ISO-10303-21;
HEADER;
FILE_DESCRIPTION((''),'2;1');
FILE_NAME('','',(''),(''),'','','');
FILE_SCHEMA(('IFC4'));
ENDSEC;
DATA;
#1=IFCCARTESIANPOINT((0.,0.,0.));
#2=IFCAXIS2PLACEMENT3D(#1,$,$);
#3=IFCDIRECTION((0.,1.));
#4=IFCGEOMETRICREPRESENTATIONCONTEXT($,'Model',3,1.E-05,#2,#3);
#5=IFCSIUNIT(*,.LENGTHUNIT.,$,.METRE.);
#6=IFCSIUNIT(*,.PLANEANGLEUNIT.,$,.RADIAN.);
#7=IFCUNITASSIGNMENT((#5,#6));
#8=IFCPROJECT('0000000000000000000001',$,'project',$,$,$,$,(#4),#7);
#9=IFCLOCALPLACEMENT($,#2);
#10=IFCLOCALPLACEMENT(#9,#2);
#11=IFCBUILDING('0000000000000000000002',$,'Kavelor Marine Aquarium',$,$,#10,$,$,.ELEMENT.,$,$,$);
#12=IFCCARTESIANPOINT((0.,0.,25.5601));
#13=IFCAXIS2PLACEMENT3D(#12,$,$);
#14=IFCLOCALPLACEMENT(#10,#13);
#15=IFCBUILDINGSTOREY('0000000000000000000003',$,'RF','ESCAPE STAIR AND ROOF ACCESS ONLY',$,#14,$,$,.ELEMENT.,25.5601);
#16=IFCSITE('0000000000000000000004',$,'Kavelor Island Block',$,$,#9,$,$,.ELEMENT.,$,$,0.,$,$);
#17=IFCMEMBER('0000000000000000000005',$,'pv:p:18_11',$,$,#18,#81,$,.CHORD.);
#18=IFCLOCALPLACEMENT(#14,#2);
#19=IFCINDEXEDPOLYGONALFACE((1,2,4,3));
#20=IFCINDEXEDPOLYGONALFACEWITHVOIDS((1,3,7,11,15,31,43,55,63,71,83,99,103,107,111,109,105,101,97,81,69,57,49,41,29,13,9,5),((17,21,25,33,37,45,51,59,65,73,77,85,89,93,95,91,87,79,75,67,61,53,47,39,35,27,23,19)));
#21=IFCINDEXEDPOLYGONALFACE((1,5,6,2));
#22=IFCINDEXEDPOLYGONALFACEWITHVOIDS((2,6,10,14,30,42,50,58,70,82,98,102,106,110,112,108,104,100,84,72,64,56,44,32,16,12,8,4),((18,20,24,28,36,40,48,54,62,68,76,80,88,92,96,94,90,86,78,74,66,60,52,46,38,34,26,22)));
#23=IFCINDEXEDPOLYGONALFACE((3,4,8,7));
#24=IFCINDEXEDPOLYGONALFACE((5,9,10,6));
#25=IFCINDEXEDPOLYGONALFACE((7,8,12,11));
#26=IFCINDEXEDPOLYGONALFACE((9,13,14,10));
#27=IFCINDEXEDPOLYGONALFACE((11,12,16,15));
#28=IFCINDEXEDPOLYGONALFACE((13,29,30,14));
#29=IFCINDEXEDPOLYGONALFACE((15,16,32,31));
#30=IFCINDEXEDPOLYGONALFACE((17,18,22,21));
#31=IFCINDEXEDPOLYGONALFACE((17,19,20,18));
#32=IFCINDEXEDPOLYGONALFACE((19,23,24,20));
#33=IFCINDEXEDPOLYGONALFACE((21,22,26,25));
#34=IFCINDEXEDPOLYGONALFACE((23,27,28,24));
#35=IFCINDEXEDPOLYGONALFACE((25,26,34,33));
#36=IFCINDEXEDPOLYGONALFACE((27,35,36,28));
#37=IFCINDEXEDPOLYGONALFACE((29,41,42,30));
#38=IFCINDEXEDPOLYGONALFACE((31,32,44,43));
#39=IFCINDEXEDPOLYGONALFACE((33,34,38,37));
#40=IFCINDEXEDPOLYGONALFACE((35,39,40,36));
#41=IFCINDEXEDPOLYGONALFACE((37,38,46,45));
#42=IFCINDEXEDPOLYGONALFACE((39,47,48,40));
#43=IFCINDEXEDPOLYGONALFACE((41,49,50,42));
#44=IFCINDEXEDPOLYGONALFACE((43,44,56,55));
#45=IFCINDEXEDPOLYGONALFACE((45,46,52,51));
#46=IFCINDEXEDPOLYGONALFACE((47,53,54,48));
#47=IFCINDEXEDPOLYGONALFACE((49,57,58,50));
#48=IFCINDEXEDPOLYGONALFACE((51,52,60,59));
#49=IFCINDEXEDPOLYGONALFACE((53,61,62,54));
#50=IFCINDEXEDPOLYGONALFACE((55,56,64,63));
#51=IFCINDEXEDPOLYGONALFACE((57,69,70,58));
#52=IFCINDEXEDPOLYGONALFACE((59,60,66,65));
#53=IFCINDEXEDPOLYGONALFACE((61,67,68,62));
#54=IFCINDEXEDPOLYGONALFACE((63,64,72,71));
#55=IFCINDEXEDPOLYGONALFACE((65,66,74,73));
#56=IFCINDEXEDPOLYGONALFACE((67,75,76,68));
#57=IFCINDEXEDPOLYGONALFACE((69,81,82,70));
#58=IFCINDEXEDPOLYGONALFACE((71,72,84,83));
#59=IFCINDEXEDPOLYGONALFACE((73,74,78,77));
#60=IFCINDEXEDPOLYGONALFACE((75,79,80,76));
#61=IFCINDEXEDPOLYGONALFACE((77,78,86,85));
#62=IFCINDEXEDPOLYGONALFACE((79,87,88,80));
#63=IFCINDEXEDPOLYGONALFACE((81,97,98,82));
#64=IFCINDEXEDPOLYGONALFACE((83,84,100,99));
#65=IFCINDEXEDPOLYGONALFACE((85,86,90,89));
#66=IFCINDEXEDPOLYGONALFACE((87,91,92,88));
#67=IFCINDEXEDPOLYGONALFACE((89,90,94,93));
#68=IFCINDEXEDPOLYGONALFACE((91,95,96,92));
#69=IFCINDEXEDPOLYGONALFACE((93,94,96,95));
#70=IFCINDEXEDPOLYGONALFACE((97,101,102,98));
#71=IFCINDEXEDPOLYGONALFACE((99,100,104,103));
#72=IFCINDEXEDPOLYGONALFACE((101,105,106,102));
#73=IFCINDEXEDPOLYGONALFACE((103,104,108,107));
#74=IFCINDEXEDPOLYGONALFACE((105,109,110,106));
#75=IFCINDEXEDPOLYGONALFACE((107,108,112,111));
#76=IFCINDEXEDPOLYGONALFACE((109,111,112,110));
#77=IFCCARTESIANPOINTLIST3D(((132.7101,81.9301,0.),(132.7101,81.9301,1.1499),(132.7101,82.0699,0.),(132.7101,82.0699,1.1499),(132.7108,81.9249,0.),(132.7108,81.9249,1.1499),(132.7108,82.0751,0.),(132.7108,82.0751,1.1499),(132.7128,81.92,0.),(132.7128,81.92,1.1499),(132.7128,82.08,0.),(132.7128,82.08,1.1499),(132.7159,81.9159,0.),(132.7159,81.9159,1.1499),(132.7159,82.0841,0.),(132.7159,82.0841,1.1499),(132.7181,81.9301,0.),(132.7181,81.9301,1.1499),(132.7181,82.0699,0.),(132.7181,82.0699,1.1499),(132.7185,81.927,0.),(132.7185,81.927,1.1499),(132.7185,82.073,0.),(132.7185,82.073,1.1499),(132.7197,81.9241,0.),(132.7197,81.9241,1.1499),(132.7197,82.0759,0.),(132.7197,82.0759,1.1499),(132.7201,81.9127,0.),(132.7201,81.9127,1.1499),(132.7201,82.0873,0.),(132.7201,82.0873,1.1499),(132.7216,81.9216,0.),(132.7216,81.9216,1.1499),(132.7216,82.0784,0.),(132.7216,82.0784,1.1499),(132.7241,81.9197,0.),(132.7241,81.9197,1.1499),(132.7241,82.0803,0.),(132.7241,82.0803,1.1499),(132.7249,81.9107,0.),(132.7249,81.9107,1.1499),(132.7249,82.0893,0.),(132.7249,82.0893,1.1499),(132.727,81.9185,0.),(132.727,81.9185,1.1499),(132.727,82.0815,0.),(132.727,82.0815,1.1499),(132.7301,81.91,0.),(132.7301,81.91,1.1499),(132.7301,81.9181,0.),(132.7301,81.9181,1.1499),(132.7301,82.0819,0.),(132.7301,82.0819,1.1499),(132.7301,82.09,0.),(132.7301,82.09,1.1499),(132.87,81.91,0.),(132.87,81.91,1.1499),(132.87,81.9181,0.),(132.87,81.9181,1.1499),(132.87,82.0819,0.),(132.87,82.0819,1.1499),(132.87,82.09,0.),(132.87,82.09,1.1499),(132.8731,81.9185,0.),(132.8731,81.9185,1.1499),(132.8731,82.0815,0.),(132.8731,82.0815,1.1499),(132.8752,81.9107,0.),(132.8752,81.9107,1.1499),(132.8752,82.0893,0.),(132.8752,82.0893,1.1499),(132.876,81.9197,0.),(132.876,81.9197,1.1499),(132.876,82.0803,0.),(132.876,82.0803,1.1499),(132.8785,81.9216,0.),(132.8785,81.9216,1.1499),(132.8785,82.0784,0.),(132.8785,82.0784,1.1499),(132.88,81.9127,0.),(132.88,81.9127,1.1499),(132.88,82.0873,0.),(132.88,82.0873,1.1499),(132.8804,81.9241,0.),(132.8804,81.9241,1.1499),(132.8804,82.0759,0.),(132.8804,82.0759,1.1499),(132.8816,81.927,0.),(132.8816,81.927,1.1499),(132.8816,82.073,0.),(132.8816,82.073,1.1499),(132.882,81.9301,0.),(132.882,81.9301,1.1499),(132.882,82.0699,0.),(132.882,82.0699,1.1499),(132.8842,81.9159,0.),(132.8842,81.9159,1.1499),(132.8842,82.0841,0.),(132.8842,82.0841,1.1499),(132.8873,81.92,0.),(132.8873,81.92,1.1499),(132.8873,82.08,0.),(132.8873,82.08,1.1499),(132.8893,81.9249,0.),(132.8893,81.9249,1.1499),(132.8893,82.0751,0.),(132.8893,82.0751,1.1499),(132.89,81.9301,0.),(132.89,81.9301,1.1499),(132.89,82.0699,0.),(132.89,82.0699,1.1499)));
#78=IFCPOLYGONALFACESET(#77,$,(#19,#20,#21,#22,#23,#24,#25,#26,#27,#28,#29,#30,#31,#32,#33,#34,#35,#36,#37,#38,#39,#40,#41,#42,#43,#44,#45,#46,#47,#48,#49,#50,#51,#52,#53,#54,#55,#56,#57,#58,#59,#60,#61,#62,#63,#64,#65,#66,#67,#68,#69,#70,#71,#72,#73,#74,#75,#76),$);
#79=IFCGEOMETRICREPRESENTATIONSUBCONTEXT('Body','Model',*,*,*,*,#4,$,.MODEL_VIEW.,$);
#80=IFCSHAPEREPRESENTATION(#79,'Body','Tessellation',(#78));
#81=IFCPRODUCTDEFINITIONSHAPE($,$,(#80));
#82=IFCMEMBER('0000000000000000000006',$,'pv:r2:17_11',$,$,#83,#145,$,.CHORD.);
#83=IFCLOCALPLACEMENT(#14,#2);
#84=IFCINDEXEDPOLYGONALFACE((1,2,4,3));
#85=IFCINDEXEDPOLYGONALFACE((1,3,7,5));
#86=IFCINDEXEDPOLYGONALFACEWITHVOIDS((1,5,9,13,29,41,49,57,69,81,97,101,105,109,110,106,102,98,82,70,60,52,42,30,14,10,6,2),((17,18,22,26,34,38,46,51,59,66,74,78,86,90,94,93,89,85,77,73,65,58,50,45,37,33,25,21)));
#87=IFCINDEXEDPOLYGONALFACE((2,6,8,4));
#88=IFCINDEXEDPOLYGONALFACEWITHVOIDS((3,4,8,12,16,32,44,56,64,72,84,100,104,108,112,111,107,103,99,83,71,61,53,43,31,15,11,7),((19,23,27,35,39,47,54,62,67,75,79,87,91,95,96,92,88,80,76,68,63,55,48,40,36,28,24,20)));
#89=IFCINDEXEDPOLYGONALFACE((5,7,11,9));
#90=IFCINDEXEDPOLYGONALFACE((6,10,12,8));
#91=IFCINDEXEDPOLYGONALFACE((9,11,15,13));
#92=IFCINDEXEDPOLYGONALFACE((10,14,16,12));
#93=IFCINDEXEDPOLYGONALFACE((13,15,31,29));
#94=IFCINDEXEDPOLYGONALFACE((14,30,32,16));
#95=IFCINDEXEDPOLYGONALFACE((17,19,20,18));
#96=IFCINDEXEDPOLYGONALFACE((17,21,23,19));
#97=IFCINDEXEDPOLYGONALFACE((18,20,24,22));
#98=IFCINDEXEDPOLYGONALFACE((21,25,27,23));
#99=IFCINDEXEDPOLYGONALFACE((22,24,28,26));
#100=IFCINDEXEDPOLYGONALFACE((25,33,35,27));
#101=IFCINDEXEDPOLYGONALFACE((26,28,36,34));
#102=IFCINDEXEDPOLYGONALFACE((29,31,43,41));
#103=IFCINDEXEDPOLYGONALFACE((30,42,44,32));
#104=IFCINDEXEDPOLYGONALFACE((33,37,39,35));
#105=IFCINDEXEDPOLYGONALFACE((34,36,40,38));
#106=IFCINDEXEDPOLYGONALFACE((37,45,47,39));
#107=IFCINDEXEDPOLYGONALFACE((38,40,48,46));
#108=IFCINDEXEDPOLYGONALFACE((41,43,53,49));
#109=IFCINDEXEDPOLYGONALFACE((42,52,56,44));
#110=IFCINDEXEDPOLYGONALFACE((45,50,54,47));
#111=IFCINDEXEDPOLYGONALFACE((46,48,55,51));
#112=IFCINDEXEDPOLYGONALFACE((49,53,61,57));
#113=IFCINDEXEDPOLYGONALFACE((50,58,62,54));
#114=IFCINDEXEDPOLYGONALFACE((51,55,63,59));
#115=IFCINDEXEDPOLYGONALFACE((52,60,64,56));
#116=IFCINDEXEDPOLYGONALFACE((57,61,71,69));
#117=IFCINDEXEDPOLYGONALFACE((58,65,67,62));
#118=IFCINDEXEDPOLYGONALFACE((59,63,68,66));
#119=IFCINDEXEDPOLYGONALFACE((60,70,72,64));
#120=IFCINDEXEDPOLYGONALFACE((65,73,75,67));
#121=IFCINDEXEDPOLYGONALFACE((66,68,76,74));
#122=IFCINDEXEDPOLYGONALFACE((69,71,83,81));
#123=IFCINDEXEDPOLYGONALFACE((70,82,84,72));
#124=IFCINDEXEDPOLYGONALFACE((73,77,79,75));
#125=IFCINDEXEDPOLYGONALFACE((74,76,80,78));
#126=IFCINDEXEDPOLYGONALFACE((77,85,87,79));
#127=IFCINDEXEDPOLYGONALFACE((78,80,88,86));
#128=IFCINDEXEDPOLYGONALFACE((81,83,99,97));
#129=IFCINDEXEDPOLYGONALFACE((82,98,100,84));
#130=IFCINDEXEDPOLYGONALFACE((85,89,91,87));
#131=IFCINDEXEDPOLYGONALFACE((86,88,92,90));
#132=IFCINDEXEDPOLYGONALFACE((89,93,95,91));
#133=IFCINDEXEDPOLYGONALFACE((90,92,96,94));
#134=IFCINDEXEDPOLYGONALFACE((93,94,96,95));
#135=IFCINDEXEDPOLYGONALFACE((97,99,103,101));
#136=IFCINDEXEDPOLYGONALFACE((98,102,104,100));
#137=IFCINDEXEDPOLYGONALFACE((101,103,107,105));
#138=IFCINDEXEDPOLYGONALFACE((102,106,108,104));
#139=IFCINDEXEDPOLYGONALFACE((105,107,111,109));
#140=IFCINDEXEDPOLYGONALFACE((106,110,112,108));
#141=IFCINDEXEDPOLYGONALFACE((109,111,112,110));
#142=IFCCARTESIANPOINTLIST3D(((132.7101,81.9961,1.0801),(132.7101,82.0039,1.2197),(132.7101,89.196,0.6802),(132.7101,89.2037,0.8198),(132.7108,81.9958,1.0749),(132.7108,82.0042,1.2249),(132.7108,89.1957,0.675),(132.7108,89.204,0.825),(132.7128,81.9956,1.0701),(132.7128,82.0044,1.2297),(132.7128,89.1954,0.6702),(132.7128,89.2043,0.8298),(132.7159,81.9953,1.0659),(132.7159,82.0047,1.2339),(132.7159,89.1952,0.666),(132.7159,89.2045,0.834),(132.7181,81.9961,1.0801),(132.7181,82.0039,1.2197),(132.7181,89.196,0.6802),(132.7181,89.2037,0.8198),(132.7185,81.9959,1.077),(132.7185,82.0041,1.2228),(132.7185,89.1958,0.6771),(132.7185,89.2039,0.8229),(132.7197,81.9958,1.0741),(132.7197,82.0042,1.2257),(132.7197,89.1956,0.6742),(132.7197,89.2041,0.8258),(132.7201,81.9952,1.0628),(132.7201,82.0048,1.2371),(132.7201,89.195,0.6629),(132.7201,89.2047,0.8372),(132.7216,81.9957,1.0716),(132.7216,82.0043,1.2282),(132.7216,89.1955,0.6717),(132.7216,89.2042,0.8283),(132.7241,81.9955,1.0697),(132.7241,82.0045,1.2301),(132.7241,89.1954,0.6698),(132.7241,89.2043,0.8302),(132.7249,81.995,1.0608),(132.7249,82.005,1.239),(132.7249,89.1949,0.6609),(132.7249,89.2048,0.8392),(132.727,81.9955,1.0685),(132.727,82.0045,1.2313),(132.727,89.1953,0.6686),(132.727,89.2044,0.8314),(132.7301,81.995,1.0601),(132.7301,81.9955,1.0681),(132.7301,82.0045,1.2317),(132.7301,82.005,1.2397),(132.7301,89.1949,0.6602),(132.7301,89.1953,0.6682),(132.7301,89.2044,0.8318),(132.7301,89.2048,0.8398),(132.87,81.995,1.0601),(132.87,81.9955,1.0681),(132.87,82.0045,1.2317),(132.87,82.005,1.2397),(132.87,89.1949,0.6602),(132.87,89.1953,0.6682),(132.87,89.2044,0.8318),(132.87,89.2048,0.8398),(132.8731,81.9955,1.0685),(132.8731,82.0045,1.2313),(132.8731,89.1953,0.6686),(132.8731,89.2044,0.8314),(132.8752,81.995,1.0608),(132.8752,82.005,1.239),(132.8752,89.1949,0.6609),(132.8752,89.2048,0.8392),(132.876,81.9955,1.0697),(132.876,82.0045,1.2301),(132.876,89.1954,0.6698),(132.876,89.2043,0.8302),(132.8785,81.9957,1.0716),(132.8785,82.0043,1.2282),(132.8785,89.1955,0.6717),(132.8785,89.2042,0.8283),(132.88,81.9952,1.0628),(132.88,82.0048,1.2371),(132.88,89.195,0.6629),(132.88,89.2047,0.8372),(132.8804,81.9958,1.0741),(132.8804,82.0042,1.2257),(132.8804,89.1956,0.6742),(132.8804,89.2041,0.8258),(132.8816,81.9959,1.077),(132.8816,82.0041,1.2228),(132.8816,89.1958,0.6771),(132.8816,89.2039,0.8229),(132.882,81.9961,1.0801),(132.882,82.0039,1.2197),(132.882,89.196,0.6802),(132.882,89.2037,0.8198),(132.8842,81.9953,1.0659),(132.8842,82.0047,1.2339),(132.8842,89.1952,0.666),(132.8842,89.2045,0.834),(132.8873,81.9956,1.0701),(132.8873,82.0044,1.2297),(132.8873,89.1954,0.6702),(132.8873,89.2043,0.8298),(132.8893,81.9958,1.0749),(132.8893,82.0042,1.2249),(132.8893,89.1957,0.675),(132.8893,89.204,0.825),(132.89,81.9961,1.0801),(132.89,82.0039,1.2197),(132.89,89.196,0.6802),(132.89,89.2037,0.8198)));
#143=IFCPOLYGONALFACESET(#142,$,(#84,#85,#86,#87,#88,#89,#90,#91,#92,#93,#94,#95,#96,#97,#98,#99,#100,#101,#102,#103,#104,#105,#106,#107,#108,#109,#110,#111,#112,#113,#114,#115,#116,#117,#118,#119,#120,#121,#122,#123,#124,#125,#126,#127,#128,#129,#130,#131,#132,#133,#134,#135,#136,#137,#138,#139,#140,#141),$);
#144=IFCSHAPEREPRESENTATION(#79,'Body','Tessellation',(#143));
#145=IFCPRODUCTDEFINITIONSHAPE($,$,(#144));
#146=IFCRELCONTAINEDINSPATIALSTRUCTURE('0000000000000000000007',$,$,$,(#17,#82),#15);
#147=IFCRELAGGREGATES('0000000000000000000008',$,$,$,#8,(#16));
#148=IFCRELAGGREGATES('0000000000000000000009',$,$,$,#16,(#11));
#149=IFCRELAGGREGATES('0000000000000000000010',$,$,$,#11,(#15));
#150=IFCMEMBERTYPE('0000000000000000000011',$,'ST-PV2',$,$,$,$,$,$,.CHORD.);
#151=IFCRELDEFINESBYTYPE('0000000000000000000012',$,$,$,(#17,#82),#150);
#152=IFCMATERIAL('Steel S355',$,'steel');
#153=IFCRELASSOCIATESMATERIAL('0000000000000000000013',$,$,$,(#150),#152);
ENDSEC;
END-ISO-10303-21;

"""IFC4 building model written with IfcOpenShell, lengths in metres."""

from ifc_helpers import new_model, si_unit, direction, frame, origin, origin_2d, place, context, subcontext, project, spatial, hollow_rectangle, extrude, material, material_profile, profile_set, type_object, element, save


model = new_model("IFC4")

# Units and contexts
model_context = context("Model", 3, precision=1e-05, world=origin(), true_north=direction((0.0, 1.0)))
body_context = subcontext(model_context, "Body", "Model", "MODEL_VIEW")
ifc_project = project(units=[si_unit("LENGTHUNIT", "METRE"), si_unit("PLANEANGLEUNIT", "RADIAN")], contexts=[model_context])

# Site, building, storey
site_placement = place(None, origin())
site = spatial("IfcSite", under=ifc_project, at=site_placement, Name="Kavelor Island Block", CompositionType="ELEMENT", RefElevation=0.0)
building_placement = place(site_placement, origin())
building = spatial("IfcBuilding", under=site, at=building_placement, Name="Kavelor Marine Aquarium", CompositionType="ELEMENT")
storey_placement = place(building_placement, frame((0.0, 0.0, 25.5601)))
storey = spatial("IfcBuildingStorey", under=building, at=storey_placement, Name="RF", Description="ESCAPE STAIR AND ROOF ACCESS ONLY", CompositionType="ELEMENT", Elevation=25.5601)

# Members
ifc_material_1 = material(Name="Steel S355", Category="steel")
ifc_material_profile_1 = material_profile(ifc_material_1, hollow_rectangle(XDim=0.1799, YDim=0.1799, WallThickness=0.0081, InnerFilletRadius=0.012, OuterFilletRadius=0.02, at=origin_2d()), Name="SHS 180x180x8.0")
ifc_profile_set_1 = profile_set([ifc_material_profile_1], Name="Steel S355")
member_type_1 = type_object("IfcMemberType", Name="ST-PV2", PredefinedType="CHORD", material=ifc_profile_set_1)
member_1_placement = place(storey_placement, frame((132.8, 82.0, 0.0), z_axis=(0.0, 0.0, 1.0), x_axis=(1.0, 0.0, 0.0)))
element("IfcMember", 1, at=member_1_placement, inside=storey, type_object=member_type_1, Name="pv:p:18_11", PredefinedType="CHORD", context=body_context, shape_type="SweptSolid", body=[
    extrude(hollow_rectangle(XDim=0.1799, YDim=0.1799, WallThickness=0.0081, InnerFilletRadius=0.012, OuterFilletRadius=0.02, at=origin_2d()), origin(), (0.0, 0.0, 1.0), 1.1499),
])
member_2_placement = place(storey_placement, frame((132.8, 82.0, 1.1499), z_axis=(0.0, 0.998461, -0.055457), x_axis=(-1.0, 0.0, 0.0)))
element("IfcMember", 2, at=member_2_placement, inside=storey, type_object=member_type_1, Name="pv:r2:17_11", PredefinedType="CHORD", context=body_context, shape_type="SweptSolid", body=[
    extrude(hollow_rectangle(XDim=0.1799, YDim=0.1799, WallThickness=0.0081, InnerFilletRadius=0.012, OuterFilletRadius=0.02, at=origin_2d()), origin(), (0.0, 0.0, 1.0), 7.2109),
])

save(model, "model.ifc")
